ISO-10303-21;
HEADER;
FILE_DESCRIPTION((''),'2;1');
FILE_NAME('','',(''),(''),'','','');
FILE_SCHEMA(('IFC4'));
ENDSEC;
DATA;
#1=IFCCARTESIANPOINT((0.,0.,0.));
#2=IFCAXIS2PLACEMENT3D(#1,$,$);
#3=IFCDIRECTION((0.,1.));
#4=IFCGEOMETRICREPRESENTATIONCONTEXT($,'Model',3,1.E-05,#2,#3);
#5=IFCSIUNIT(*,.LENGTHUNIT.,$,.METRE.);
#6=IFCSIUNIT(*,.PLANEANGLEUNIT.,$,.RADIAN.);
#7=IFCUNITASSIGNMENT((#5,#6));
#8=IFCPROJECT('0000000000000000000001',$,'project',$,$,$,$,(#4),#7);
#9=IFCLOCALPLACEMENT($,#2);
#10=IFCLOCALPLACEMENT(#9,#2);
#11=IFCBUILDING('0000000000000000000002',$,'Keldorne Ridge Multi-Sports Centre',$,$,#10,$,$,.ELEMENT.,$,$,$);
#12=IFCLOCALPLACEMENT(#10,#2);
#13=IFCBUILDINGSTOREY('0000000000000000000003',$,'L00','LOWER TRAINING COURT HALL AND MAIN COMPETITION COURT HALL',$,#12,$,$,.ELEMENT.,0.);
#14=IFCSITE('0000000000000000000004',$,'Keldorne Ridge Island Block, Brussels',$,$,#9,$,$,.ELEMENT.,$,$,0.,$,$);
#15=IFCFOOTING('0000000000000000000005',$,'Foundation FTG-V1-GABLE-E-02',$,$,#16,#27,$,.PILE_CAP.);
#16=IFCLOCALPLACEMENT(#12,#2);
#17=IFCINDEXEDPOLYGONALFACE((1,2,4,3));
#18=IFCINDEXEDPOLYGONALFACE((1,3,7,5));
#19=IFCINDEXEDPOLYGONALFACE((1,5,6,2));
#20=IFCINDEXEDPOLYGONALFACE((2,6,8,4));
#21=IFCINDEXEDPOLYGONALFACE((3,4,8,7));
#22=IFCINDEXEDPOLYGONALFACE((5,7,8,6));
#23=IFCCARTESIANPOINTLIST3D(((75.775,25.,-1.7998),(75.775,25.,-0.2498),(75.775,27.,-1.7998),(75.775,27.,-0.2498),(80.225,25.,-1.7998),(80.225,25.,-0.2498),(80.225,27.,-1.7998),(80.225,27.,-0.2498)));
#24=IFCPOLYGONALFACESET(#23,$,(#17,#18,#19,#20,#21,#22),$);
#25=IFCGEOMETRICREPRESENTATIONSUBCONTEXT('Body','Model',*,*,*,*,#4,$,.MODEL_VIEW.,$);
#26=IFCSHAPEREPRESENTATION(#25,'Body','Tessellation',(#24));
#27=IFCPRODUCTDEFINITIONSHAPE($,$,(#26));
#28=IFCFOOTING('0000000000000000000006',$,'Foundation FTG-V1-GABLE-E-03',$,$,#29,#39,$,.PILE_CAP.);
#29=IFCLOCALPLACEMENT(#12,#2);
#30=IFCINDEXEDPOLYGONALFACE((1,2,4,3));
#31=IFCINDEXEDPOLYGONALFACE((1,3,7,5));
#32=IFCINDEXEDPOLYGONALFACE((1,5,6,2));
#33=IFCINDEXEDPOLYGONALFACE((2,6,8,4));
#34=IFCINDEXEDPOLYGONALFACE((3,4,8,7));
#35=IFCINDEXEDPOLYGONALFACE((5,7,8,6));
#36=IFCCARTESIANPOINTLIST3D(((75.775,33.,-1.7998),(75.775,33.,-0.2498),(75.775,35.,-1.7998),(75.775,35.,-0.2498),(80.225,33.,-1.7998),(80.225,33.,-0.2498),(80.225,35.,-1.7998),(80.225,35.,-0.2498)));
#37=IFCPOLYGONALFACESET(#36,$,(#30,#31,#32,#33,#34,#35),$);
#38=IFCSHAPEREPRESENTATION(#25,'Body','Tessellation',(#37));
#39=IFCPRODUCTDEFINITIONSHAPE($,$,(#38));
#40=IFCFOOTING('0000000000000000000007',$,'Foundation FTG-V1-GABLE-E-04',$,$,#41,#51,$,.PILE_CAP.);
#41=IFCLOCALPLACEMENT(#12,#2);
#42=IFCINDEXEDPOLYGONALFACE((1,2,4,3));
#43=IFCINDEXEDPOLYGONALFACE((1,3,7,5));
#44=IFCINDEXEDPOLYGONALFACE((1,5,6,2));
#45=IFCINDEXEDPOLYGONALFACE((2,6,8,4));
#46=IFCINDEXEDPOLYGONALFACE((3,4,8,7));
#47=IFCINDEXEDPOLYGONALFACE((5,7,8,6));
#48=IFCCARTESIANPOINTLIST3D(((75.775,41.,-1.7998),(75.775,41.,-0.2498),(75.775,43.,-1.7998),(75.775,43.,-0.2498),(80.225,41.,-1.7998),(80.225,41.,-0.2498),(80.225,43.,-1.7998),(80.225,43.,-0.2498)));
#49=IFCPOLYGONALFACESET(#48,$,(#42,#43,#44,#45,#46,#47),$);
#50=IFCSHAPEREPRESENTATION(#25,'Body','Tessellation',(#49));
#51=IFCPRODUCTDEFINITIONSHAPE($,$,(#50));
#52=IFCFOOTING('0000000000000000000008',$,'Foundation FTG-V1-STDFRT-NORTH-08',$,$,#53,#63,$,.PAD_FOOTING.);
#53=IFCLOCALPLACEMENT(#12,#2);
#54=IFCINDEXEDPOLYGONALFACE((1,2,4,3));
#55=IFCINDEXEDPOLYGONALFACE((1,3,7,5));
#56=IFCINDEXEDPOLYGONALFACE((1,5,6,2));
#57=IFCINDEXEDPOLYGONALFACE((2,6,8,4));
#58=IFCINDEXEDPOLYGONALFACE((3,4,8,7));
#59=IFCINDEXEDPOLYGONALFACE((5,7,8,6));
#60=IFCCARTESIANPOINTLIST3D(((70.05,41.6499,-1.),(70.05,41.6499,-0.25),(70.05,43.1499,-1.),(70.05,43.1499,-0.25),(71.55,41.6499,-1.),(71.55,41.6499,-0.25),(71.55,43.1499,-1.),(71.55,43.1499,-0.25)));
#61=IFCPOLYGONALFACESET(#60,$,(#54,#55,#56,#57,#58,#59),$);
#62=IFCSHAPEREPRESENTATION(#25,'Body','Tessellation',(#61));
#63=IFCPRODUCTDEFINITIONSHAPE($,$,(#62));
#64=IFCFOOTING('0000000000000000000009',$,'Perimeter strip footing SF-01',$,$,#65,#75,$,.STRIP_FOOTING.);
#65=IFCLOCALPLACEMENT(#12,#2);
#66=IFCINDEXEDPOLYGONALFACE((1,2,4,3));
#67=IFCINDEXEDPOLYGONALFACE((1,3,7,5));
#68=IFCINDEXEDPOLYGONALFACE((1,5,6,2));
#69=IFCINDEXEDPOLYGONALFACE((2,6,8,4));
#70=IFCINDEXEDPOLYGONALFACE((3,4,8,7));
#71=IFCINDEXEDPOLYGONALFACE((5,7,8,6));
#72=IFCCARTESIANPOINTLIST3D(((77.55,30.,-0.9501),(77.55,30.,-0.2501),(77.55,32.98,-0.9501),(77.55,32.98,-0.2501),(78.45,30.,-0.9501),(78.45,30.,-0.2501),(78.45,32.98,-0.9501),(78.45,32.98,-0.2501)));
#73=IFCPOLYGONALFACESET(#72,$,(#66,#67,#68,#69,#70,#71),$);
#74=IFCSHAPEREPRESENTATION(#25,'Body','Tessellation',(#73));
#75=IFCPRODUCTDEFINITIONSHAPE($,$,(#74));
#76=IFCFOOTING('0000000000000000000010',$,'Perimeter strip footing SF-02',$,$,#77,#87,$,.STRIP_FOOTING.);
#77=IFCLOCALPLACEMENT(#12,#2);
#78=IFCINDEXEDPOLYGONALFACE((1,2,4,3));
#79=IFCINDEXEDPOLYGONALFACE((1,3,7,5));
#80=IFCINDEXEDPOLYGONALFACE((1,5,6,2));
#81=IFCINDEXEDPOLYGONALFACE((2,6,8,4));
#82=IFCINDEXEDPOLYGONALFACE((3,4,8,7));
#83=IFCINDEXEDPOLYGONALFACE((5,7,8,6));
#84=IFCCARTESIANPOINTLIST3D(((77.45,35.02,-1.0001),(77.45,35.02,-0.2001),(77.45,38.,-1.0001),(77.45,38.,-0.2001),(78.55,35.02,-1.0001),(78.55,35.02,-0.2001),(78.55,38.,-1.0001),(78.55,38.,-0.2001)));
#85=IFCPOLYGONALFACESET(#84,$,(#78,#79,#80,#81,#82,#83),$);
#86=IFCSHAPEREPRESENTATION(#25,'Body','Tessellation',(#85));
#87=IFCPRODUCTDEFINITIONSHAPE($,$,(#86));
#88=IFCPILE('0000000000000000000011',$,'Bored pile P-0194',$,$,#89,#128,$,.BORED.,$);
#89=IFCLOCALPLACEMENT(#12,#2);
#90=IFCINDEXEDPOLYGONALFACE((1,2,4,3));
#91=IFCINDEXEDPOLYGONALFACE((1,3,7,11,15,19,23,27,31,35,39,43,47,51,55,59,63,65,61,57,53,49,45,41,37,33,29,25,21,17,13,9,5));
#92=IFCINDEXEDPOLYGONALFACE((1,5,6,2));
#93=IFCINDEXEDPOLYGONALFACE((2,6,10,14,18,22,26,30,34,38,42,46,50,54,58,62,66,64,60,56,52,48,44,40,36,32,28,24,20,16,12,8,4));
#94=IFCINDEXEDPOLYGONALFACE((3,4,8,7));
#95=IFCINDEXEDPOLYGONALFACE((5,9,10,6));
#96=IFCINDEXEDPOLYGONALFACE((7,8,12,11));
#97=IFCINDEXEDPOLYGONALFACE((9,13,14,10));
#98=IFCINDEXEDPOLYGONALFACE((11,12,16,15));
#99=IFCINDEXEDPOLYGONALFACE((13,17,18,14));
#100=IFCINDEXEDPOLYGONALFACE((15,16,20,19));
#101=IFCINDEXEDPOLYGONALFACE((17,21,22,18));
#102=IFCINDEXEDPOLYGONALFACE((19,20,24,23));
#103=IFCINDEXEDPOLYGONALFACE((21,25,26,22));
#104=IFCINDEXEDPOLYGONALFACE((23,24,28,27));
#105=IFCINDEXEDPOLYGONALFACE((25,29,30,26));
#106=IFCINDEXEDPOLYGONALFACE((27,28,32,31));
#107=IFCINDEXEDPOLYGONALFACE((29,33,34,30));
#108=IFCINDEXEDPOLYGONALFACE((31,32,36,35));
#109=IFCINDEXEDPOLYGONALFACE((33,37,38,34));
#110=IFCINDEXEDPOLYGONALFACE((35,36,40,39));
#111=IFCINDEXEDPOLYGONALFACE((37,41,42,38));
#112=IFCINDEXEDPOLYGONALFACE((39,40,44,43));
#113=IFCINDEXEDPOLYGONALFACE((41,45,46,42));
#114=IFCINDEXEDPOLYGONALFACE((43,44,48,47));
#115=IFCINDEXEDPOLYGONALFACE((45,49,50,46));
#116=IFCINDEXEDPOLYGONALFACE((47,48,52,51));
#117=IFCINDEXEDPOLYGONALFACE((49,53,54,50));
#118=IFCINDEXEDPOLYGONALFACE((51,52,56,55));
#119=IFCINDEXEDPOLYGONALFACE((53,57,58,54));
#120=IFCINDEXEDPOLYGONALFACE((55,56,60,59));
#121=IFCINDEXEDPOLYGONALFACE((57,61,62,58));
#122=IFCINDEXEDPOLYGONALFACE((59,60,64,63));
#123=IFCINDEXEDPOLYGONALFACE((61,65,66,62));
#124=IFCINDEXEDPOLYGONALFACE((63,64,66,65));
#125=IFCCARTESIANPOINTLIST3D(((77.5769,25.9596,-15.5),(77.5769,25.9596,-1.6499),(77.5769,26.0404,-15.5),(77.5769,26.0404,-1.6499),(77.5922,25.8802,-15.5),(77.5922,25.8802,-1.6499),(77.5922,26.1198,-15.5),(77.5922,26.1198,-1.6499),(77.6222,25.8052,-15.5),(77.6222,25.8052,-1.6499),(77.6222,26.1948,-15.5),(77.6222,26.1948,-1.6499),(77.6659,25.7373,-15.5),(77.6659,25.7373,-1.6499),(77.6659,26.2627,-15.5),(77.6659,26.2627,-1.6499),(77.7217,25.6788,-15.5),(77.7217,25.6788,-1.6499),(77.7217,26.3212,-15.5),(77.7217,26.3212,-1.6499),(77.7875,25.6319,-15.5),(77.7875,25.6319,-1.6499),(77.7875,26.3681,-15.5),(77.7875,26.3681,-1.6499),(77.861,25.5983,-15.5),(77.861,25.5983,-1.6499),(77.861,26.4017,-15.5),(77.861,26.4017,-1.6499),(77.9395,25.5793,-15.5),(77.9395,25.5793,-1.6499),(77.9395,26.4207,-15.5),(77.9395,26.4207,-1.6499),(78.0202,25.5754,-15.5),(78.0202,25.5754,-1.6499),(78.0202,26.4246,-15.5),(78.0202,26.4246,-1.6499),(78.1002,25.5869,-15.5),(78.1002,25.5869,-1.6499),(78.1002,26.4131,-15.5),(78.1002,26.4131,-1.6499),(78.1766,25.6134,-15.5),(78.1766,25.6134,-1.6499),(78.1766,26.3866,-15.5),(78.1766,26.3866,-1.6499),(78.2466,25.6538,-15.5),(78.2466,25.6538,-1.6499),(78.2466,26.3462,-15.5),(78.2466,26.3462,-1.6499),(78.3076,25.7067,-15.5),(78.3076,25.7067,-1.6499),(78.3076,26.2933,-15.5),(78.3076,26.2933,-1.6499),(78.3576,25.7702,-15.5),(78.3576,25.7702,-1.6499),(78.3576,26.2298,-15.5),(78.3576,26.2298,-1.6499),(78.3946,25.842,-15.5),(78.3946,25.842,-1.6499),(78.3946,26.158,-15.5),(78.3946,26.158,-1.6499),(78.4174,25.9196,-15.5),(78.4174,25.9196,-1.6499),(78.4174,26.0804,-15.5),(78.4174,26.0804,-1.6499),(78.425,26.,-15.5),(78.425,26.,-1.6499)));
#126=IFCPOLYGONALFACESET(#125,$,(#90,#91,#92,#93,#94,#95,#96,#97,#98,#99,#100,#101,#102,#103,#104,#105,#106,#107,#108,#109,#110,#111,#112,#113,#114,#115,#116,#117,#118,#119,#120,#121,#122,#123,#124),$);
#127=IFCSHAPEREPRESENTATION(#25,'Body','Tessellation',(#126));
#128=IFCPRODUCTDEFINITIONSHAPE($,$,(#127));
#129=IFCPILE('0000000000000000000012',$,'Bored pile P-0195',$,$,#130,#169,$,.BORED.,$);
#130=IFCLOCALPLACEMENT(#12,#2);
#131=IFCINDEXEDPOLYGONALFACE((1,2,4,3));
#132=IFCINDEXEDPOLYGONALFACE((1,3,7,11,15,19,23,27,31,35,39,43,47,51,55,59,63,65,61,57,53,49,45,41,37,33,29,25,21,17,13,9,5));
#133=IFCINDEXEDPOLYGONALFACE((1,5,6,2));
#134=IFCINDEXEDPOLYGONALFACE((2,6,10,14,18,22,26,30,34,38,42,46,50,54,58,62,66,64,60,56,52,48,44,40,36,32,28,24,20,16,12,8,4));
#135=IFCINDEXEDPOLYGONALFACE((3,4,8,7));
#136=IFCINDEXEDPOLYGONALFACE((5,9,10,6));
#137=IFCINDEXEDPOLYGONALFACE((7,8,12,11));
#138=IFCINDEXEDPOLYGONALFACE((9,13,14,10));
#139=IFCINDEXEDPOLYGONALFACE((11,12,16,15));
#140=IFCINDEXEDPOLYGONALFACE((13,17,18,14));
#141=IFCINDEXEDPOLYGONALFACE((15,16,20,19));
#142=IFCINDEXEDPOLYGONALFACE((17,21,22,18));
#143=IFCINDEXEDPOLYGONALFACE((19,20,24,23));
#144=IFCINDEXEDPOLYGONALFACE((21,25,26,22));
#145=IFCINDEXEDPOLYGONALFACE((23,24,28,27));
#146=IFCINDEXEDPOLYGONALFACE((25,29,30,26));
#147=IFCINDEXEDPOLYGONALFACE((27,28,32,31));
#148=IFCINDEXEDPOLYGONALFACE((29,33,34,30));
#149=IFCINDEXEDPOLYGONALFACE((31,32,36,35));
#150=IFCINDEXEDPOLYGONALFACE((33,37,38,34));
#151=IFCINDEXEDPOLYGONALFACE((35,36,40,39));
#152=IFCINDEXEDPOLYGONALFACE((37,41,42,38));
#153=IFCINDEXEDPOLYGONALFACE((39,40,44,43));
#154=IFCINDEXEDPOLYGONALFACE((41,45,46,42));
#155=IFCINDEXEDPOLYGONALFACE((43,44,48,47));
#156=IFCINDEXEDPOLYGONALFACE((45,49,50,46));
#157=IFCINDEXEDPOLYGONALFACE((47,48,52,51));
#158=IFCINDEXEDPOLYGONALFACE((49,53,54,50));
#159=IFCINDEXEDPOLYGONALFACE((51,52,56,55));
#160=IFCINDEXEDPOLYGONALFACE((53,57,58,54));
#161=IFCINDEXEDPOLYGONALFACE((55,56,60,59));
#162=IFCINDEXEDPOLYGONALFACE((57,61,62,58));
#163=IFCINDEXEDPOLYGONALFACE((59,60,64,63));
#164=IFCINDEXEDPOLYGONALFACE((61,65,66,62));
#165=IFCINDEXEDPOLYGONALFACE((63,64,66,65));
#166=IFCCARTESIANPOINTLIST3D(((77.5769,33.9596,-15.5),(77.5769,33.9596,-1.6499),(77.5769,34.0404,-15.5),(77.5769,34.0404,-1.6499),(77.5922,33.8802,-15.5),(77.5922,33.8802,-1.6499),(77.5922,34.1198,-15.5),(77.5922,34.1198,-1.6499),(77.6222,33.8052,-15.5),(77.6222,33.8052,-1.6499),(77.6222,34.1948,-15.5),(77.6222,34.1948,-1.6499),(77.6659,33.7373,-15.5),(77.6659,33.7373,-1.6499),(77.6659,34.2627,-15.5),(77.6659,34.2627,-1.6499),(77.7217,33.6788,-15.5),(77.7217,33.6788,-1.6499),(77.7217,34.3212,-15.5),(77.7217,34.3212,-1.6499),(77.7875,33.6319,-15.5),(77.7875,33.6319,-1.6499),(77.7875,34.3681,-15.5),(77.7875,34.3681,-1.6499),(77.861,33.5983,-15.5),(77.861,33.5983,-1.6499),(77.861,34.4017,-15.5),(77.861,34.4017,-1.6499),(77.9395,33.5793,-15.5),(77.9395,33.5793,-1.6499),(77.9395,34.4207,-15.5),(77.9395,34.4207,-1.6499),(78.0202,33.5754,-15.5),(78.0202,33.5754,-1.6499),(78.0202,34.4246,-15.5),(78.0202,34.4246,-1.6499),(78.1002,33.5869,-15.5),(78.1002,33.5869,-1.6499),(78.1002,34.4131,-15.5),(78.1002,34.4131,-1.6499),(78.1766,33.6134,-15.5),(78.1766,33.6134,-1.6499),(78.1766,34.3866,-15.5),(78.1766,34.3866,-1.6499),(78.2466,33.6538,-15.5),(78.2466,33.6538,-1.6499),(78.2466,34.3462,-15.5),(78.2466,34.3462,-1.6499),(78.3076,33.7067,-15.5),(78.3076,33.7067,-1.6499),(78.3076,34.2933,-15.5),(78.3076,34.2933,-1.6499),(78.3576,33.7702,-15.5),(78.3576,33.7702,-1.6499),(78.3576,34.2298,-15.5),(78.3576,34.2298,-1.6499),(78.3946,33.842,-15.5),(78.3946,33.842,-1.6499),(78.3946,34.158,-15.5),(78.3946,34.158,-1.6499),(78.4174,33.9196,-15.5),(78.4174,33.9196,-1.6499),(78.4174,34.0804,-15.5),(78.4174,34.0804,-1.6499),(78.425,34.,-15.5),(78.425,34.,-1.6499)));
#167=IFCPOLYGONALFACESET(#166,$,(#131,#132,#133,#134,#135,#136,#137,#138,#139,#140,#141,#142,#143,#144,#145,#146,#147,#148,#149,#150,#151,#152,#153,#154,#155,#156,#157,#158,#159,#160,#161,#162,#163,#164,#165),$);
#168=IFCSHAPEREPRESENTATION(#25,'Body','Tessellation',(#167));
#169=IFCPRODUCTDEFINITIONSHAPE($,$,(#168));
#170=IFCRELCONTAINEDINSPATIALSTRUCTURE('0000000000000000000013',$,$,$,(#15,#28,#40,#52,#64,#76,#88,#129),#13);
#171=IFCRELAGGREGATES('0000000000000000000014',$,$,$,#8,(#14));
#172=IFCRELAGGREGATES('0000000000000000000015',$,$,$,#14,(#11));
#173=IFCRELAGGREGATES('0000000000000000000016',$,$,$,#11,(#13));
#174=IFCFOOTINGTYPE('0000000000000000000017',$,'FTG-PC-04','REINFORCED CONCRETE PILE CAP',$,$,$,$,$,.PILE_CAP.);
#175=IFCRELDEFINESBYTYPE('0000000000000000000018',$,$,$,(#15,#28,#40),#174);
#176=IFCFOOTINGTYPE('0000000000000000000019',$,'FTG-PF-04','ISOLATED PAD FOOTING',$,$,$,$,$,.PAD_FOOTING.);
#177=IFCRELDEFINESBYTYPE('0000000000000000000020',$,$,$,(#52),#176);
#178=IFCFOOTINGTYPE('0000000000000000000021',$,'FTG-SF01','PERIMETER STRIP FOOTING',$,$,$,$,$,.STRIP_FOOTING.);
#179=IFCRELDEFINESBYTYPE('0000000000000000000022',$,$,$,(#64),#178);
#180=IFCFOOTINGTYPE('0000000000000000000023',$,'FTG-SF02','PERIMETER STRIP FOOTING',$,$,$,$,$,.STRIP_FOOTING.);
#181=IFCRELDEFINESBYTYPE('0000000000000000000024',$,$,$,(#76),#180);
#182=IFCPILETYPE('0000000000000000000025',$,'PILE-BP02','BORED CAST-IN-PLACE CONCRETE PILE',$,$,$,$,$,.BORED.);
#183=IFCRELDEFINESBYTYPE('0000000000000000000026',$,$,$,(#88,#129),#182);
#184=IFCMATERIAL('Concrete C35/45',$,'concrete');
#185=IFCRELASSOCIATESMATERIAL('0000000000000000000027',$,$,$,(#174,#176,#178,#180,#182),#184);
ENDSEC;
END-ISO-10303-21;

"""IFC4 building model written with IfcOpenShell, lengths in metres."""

from ifc_helpers import new_model, si_unit, direction, frame, origin, origin_2d, place, context, subcontext, project, spatial, rectangle, circle, extrude, material, material_profile, profile_set, type_object, element, save


model = new_model("IFC4")

# Units and contexts
model_context = context("Model", 3, precision=1e-05, world=origin(), true_north=direction((0.0, 1.0)))
body_context = subcontext(model_context, "Body", "Model", "MODEL_VIEW")
ifc_project = project(units=[si_unit("LENGTHUNIT", "METRE"), si_unit("PLANEANGLEUNIT", "RADIAN")], contexts=[model_context])

# Site, building, storey
site_placement = place(None, origin())
site = spatial("IfcSite", under=ifc_project, at=site_placement, Name="Keldorne Ridge Island Block, Brussels", CompositionType="ELEMENT", RefElevation=0.0)
building_placement = place(site_placement, origin())
building = spatial("IfcBuilding", under=site, at=building_placement, Name="Keldorne Ridge Multi-Sports Centre", CompositionType="ELEMENT")
storey_placement = place(building_placement, origin())
storey = spatial("IfcBuildingStorey", under=building, at=storey_placement, Name="L00", Description="LOWER TRAINING COURT HALL AND MAIN COMPETITION COURT HALL", CompositionType="ELEMENT", Elevation=0.0)

# Footings
ifc_material_1 = material(Name="Concrete C35/45", Category="concrete")
footing_type_1 = type_object("IfcFootingType", Name="FTG-PC-04", Description="REINFORCED CONCRETE PILE CAP", PredefinedType="PILE_CAP", material=ifc_material_1)
for number, where, z_axis, x_axis, name in (
    (1, (78.0, 26.0, -1.7998), (0.0, 0.0, 1.0), (1.0, 0.0, 0.0), "Foundation FTG-V1-GABLE-E-02"),
    (2, (78.0, 34.0, -1.7998), (0.0, 0.0, 1.0), (1.0, 0.0, 0.0), "Foundation FTG-V1-GABLE-E-03"),
    (3, (78.0, 42.0, -1.7998), (0.0, 0.0, 1.0), (1.0, 0.0, 0.0), "Foundation FTG-V1-GABLE-E-04"),
):
    element("IfcFooting", number, at=place(storey_placement, frame(where, z_axis=z_axis, x_axis=x_axis)), inside=storey, type_object=footing_type_1, Name=name, PredefinedType="PILE_CAP", context=body_context, shape_type="SweptSolid", body=[
        extrude(rectangle(XDim=4.45, YDim=2.0, at=origin_2d()), origin(), (0.0, 0.0, 1.0), 1.55),
    ])
footing_type_2 = type_object("IfcFootingType", Name="FTG-PF-04", Description="ISOLATED PAD FOOTING", PredefinedType="PAD_FOOTING", material=ifc_material_1)
footing_1_placement = place(storey_placement, frame((70.8, 42.3999, -1.0), z_axis=(0.0, 0.0, 1.0), x_axis=(1.0, 0.0, 0.0)))
element("IfcFooting", 4, at=footing_1_placement, inside=storey, type_object=footing_type_2, Name="Foundation FTG-V1-STDFRT-NORTH-08", PredefinedType="PAD_FOOTING", context=body_context, shape_type="SweptSolid", body=[
    extrude(rectangle(XDim=1.5, YDim=1.5, at=origin_2d()), origin(), (0.0, 0.0, 1.0), 0.75),
])
ifc_material_profile_1 = material_profile(ifc_material_1, rectangle(XDim=0.8999, YDim=0.7, at=origin_2d()), Name="SF 900x700")
ifc_profile_set_1 = profile_set([ifc_material_profile_1], Name="Concrete C35/45")
footing_type_3 = type_object("IfcFootingType", Name="FTG-SF01", Description="PERIMETER STRIP FOOTING", PredefinedType="STRIP_FOOTING", material=ifc_profile_set_1)
footing_2_placement = place(storey_placement, frame((78.0, 30.0, -0.6001), z_axis=(0.0, 1.0, 0.0), x_axis=(-1.0, 0.0, 0.0)))
element("IfcFooting", 5, at=footing_2_placement, inside=storey, type_object=footing_type_3, Name="Perimeter strip footing SF-01", PredefinedType="STRIP_FOOTING", context=body_context, shape_type="SweptSolid", body=[
    extrude(rectangle(XDim=0.8999, YDim=0.7, at=origin_2d()), origin(), (0.0, 0.0, 1.0), 2.98),
])
ifc_material_profile_2 = material_profile(ifc_material_1, rectangle(XDim=1.1001, YDim=0.8, at=origin_2d()), Name="SF 1100x800")
ifc_profile_set_2 = profile_set([ifc_material_profile_2], Name="Concrete C35/45")
footing_type_4 = type_object("IfcFootingType", Name="FTG-SF02", Description="PERIMETER STRIP FOOTING", PredefinedType="STRIP_FOOTING", material=ifc_profile_set_2)
footing_3_placement = place(storey_placement, frame((78.0, 35.02, -0.6001), z_axis=(0.0, 1.0, 0.0), x_axis=(-1.0, 0.0, 0.0)))
element("IfcFooting", 6, at=footing_3_placement, inside=storey, type_object=footing_type_4, Name="Perimeter strip footing SF-02", PredefinedType="STRIP_FOOTING", context=body_context, shape_type="SweptSolid", body=[
    extrude(rectangle(XDim=1.1001, YDim=0.8, at=origin_2d()), origin(), (0.0, 0.0, 1.0), 2.98),
])

# Piles
ifc_material_profile_3 = material_profile(ifc_material_1, circle(Radius=0.425, at=origin_2d()), Name="BORED PILE D850")
ifc_profile_set_3 = profile_set([ifc_material_profile_3], Name="Concrete C35/45")
pile_type = type_object("IfcPileType", Name="PILE-BP02", Description="BORED CAST-IN-PLACE CONCRETE PILE", PredefinedType="BORED", material=ifc_profile_set_3)
for number, where, z_axis, x_axis, name in (
    (7, (78.0, 26.0, -1.6499), (0.0, 0.0, -1.0), (1.0, 0.0, 0.0), "Bored pile P-0194"),
    (8, (78.0, 34.0, -1.6499), (0.0, 0.0, -1.0), (1.0, 0.0, 0.0), "Bored pile P-0195"),
):
    element("IfcPile", number, at=place(storey_placement, frame(where, z_axis=z_axis, x_axis=x_axis)), inside=storey, type_object=pile_type, Name=name, PredefinedType="BORED", context=body_context, shape_type="SweptSolid", body=[
        extrude(circle(Radius=0.425, at=origin_2d()), origin(), (0.0, 0.0, 1.0), 13.8501),
    ])

save(model, "model.ifc")
